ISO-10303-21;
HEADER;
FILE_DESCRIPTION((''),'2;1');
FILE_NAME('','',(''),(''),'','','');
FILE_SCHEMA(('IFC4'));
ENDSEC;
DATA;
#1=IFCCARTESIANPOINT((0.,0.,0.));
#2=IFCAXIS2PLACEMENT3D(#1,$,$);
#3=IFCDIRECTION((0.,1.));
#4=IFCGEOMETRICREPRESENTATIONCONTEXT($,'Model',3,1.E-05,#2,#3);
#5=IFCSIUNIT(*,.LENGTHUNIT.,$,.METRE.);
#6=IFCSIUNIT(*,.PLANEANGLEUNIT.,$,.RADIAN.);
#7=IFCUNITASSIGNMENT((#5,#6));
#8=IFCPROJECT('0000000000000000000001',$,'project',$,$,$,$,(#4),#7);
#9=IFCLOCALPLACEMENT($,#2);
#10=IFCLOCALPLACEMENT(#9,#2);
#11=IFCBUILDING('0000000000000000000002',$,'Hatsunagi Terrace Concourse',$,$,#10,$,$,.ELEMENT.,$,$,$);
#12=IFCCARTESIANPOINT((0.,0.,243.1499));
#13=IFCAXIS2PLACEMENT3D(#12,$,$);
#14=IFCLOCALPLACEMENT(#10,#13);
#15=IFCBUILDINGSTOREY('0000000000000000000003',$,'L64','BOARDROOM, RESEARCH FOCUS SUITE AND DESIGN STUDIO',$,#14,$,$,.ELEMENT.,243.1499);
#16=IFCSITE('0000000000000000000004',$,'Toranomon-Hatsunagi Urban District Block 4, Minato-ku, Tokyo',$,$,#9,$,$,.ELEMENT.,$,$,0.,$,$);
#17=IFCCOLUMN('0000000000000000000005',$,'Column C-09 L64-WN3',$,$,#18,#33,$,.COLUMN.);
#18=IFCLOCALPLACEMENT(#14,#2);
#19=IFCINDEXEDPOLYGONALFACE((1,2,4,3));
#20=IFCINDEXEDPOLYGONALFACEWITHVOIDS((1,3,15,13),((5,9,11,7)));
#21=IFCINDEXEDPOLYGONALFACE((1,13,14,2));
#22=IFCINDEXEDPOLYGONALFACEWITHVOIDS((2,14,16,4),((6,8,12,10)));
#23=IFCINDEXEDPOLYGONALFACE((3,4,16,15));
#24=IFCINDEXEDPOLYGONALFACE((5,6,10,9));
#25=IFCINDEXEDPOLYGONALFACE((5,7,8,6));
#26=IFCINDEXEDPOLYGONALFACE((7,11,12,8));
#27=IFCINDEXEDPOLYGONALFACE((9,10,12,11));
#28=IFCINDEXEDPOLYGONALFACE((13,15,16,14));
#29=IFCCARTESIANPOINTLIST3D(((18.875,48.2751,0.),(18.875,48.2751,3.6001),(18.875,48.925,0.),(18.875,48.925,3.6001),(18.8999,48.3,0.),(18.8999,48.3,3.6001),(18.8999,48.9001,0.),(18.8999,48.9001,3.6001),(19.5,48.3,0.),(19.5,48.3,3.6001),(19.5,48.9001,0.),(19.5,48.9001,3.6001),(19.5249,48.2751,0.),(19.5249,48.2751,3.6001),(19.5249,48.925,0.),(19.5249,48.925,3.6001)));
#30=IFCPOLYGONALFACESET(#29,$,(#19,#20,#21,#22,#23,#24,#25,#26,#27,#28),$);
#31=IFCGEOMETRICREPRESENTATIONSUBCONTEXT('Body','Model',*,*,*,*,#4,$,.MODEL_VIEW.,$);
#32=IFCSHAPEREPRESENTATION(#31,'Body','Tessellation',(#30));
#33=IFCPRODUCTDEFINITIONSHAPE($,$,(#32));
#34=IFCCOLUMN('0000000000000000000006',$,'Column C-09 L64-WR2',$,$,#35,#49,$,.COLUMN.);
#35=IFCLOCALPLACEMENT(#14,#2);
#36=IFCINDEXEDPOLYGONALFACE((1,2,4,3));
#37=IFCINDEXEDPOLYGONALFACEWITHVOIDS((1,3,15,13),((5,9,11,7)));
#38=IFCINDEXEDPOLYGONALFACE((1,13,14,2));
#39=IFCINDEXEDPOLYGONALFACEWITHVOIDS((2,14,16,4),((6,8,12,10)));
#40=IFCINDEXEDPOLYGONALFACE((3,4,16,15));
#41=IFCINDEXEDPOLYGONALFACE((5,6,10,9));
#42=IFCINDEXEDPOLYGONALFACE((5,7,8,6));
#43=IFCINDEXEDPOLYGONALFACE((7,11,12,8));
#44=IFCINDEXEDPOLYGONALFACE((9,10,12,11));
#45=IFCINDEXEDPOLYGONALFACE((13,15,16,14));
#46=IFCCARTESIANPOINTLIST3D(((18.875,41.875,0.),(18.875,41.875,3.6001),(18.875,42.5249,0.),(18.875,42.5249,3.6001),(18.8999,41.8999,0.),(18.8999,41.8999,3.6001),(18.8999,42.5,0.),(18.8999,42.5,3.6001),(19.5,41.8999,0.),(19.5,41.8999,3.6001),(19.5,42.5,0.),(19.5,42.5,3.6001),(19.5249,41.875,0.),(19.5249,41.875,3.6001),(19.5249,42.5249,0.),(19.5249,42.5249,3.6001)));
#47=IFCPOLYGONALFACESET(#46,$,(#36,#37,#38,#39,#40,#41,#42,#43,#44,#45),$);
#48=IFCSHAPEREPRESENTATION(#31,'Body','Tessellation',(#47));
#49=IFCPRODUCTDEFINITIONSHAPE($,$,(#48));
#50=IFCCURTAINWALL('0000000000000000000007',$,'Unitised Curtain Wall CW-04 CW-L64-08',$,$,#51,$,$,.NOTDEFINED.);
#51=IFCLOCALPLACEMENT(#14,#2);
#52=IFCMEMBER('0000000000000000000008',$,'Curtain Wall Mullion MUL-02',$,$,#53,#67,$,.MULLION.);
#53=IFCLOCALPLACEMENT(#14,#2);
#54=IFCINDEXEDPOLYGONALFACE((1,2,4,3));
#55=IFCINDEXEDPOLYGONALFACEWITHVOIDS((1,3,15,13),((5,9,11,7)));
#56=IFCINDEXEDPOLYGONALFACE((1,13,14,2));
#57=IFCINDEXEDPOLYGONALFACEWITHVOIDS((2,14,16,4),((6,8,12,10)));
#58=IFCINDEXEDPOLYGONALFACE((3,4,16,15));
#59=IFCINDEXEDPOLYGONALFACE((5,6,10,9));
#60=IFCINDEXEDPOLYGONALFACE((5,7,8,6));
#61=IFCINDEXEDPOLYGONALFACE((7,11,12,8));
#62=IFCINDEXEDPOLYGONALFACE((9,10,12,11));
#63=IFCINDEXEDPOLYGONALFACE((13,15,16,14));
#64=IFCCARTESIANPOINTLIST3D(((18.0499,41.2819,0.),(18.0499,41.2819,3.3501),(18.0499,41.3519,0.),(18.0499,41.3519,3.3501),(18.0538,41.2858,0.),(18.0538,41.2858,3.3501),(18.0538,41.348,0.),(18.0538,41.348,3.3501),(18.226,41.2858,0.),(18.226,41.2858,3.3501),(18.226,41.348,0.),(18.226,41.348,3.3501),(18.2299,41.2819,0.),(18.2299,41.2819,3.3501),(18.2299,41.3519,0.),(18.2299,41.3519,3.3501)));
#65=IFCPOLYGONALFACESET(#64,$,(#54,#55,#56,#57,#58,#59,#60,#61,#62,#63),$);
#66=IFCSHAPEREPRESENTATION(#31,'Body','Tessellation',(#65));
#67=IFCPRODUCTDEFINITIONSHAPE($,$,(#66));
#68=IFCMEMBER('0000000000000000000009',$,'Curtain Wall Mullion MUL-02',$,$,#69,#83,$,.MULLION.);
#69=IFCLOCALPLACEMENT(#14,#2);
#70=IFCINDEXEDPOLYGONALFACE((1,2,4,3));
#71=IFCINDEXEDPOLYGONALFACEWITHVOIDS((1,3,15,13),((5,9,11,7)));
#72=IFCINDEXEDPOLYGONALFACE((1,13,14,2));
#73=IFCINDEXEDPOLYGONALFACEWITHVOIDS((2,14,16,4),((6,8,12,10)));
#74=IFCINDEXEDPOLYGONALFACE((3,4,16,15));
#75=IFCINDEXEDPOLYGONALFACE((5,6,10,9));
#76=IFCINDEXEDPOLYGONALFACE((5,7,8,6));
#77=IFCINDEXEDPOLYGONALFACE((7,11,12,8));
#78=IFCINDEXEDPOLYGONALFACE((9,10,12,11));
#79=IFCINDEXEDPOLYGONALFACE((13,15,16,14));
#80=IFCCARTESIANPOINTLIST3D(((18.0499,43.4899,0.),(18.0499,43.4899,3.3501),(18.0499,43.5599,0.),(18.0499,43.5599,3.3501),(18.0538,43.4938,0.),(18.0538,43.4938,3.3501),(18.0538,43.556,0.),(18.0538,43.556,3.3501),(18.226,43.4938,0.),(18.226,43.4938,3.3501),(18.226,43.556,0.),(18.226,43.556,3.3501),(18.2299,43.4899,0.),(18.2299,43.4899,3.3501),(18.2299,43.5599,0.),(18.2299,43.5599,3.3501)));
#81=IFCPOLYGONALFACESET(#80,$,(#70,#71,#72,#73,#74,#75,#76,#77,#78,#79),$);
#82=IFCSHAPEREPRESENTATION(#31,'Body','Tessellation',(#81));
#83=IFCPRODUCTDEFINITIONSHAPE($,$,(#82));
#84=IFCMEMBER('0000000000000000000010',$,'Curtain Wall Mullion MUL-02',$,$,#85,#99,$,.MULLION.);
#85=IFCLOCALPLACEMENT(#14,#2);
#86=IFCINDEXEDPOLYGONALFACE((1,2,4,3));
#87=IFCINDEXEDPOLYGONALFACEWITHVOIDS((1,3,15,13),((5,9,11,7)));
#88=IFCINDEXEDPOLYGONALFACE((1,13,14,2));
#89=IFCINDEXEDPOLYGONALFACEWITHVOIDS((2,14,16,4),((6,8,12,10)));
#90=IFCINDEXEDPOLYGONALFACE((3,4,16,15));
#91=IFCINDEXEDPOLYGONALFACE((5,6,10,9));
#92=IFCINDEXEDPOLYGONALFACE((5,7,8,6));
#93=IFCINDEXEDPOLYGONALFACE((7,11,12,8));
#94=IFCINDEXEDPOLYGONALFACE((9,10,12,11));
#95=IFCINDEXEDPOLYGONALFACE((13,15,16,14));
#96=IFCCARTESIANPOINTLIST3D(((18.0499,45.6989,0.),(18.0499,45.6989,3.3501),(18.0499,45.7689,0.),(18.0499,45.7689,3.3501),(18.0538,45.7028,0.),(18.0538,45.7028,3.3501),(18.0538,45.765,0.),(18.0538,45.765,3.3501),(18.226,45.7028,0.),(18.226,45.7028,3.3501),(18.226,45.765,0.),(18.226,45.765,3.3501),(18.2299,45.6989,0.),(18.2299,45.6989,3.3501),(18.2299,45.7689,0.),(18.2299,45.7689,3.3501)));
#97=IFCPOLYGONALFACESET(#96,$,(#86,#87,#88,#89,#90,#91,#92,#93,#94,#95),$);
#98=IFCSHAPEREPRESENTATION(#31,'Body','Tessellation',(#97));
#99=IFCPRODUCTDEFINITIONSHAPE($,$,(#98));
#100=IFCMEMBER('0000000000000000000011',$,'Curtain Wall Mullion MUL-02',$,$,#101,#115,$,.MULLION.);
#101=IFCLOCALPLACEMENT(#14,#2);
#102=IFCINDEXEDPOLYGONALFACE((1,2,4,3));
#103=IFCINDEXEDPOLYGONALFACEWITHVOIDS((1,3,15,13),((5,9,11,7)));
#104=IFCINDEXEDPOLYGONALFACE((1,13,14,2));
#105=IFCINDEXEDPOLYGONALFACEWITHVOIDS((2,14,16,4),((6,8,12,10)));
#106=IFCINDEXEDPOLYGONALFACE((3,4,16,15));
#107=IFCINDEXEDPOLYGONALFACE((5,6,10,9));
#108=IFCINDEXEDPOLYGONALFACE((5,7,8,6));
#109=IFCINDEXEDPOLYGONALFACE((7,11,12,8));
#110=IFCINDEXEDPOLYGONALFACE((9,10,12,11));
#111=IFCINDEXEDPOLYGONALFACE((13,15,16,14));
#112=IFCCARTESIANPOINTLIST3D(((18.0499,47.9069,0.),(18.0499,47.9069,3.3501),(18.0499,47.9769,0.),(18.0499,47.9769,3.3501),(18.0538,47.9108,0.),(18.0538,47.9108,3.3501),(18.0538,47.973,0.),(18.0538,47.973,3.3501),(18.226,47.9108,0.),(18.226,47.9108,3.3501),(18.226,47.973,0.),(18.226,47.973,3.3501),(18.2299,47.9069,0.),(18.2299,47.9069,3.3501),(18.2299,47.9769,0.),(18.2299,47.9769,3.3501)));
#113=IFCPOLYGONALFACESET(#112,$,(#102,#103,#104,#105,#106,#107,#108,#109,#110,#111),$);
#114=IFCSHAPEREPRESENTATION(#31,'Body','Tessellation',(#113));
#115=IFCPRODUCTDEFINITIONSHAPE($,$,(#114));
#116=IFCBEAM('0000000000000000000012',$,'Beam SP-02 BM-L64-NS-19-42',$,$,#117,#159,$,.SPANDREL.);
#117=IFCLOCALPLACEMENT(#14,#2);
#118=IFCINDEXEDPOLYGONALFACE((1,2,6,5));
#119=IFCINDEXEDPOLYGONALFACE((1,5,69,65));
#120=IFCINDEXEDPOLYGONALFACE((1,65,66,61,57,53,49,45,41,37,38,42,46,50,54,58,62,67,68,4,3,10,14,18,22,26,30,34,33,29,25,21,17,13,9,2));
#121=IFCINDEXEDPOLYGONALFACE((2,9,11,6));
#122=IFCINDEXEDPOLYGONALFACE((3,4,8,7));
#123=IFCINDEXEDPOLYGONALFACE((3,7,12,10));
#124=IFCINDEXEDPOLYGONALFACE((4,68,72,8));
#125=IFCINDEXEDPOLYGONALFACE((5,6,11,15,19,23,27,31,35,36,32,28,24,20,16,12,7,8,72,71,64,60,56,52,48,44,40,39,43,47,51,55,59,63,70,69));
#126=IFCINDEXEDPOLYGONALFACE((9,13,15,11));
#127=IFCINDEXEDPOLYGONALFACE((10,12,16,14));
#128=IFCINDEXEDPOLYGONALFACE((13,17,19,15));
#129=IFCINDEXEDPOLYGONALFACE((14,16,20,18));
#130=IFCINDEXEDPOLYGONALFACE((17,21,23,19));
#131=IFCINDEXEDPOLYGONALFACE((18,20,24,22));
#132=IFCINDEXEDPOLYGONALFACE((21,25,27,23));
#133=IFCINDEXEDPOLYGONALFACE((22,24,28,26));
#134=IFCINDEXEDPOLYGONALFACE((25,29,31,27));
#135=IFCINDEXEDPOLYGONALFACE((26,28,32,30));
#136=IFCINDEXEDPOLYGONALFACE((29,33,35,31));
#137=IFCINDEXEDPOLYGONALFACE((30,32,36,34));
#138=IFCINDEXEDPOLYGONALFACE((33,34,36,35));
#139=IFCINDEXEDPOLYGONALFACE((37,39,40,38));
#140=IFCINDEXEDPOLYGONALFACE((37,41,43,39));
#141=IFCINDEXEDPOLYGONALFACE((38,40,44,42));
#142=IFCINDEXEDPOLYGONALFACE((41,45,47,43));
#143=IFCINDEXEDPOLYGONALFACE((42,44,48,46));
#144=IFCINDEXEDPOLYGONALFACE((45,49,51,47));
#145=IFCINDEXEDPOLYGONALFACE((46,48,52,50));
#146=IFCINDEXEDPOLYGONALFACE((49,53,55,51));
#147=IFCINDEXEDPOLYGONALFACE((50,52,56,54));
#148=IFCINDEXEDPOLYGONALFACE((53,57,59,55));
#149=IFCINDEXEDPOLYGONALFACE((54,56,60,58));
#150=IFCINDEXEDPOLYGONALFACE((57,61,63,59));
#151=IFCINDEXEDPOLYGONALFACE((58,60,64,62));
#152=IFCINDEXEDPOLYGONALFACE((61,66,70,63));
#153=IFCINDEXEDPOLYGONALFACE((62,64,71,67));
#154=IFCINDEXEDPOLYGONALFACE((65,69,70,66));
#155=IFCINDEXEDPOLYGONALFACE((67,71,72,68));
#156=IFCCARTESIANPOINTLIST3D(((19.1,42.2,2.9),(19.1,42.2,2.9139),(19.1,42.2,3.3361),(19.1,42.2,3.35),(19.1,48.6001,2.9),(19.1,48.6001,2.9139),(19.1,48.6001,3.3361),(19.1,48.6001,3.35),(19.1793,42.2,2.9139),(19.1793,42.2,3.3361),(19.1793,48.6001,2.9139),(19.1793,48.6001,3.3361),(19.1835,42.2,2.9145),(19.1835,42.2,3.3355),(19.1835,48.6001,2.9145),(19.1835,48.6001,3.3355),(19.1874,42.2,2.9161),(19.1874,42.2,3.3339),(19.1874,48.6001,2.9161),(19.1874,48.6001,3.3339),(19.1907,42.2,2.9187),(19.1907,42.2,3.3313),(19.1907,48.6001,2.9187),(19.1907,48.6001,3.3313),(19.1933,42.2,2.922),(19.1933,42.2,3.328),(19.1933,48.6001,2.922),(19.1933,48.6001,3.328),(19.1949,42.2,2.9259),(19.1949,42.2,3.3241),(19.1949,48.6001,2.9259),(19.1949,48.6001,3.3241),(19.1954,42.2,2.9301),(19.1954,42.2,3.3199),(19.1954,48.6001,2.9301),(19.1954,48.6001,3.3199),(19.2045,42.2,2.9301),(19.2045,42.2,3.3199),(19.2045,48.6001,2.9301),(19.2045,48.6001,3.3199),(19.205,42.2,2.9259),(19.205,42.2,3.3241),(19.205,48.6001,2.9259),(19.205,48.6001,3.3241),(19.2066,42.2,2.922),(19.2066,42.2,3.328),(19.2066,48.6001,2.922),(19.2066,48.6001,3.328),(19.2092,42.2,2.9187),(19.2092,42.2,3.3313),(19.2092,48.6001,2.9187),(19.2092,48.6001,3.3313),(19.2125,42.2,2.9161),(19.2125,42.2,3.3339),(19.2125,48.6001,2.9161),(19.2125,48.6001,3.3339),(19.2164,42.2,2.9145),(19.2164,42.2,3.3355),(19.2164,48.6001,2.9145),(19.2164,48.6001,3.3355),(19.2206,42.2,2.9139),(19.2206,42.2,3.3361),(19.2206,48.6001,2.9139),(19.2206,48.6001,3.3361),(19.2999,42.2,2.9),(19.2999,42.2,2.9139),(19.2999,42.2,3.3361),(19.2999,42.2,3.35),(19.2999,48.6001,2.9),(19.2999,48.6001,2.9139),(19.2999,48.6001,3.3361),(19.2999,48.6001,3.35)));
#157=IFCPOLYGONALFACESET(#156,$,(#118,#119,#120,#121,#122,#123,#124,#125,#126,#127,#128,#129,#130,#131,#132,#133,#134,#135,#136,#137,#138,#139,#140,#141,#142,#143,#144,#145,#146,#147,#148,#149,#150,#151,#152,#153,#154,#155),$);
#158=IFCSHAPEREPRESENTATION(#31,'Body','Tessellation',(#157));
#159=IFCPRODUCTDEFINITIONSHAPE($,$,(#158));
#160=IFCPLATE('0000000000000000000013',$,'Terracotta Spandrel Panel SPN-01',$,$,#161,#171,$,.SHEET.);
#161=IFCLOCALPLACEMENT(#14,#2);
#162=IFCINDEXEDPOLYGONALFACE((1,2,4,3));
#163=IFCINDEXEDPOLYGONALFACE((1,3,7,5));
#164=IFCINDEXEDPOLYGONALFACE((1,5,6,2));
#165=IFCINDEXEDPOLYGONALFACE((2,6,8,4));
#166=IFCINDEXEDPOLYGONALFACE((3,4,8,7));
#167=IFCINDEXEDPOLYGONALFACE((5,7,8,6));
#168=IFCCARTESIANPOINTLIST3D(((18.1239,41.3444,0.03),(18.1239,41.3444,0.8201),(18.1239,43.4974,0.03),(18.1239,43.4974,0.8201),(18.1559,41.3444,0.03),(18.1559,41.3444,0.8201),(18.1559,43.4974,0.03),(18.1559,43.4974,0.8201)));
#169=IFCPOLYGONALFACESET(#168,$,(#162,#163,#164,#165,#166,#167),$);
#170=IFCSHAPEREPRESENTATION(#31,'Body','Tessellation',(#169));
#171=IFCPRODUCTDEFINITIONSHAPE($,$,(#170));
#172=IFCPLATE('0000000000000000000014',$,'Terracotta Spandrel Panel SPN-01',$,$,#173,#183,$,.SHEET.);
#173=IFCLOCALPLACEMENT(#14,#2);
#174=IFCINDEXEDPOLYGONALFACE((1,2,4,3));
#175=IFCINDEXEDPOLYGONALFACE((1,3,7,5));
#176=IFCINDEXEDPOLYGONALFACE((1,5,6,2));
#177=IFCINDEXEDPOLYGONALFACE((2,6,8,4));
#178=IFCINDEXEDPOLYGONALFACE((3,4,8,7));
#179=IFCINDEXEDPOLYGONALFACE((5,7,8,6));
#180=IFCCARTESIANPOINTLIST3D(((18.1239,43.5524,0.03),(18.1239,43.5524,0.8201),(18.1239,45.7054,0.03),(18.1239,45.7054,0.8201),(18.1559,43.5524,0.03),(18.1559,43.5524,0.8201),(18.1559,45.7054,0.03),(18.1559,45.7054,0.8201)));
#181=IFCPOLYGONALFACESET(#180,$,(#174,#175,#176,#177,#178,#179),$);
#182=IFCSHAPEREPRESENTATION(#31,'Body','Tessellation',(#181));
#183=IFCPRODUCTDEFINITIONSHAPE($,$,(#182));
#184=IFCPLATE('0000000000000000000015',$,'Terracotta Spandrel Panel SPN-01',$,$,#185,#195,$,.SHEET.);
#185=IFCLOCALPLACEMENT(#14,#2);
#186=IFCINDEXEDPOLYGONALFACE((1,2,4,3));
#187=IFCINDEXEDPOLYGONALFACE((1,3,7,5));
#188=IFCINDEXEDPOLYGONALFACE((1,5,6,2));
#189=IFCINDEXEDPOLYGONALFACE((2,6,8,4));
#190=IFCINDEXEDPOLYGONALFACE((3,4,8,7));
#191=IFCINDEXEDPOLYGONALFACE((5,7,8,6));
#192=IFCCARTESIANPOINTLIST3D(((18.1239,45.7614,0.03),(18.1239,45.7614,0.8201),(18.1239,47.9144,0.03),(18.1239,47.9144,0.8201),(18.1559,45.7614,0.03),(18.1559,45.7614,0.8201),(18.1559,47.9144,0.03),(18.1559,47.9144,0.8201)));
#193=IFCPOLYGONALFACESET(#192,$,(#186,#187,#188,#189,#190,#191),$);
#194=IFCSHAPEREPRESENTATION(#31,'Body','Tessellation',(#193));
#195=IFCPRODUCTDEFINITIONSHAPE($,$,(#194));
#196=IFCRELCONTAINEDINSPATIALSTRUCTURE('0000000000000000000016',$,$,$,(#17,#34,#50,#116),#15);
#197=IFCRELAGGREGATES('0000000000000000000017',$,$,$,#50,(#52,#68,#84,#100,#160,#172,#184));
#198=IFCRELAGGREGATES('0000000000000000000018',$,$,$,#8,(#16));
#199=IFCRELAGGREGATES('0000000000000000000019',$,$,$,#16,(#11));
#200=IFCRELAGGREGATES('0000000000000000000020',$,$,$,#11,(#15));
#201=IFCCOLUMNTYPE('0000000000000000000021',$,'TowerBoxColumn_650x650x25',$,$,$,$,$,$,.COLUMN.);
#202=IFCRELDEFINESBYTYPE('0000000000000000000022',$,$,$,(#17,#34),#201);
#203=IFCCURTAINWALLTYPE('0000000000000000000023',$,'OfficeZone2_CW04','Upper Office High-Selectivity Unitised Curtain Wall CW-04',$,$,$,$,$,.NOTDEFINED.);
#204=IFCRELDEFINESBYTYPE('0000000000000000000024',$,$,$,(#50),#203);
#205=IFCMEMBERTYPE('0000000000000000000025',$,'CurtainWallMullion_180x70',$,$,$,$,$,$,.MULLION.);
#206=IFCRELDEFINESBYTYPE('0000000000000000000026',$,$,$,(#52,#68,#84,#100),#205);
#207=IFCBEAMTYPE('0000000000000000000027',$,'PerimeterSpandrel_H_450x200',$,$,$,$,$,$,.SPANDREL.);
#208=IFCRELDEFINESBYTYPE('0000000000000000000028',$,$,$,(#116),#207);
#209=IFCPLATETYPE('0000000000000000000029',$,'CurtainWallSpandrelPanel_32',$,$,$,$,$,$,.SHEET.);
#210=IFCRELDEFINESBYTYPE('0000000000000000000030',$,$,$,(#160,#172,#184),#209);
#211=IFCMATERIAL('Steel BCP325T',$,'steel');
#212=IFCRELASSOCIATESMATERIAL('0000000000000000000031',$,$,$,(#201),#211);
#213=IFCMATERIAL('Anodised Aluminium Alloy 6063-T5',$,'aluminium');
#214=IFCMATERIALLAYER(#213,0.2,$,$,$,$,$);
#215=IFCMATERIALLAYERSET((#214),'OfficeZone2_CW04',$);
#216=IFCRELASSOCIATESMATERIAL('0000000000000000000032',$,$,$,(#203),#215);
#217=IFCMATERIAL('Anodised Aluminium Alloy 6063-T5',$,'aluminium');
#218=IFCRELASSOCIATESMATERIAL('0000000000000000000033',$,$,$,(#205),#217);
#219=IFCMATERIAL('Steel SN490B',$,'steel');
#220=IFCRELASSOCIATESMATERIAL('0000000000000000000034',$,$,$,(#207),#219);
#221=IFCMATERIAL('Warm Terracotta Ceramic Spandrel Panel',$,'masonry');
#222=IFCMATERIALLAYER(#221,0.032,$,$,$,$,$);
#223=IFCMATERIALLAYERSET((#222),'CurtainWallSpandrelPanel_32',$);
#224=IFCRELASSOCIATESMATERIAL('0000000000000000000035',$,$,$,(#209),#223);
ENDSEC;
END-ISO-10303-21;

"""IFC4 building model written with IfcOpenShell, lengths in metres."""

from ifc_helpers import new_model, si_unit, direction, frame, origin, origin_2d, place, context, subcontext, project, spatial, rectangle, hollow_rectangle, i_section, extrude, material, layer, layer_set, material_profile, profile_set, type_object, element, aggregate, save


model = new_model("IFC4")

# Units and contexts
model_context = context("Model", 3, precision=1e-05, world=origin(), true_north=direction((0.0, 1.0)))
body_context = subcontext(model_context, "Body", "Model", "MODEL_VIEW")
ifc_project = project(units=[si_unit("LENGTHUNIT", "METRE"), si_unit("PLANEANGLEUNIT", "RADIAN")], contexts=[model_context])

# Site, building, storey
site_placement = place(None, origin())
site = spatial("IfcSite", under=ifc_project, at=site_placement, Name="Toranomon-Hatsunagi Urban District Block 4, Minato-ku, Tokyo", CompositionType="ELEMENT", RefElevation=0.0)
building_placement = place(site_placement, origin())
building = spatial("IfcBuilding", under=site, at=building_placement, Name="Hatsunagi Terrace Concourse", CompositionType="ELEMENT")
storey_placement = place(building_placement, frame((0.0, 0.0, 243.1499)))
storey = spatial("IfcBuildingStorey", under=building, at=storey_placement, Name="L64", Description="BOARDROOM, RESEARCH FOCUS SUITE AND DESIGN STUDIO", CompositionType="ELEMENT", Elevation=243.1499)

# Columns
ifc_material_1 = material(Name="Steel BCP325T", Category="steel")
ifc_material_profile_1 = material_profile(ifc_material_1, hollow_rectangle(XDim=0.6499, YDim=0.6499, WallThickness=0.0249, at=origin_2d()), Name="BCP-650x650x25")
ifc_profile_set_1 = profile_set([ifc_material_profile_1], Name="Steel BCP325T")
column_type = type_object("IfcColumnType", Name="TowerBoxColumn_650x650x25", PredefinedType="COLUMN", material=ifc_profile_set_1)
for number, where, z_axis, x_axis, name in (
    (1, (19.2, 48.6001, 0.0), (0.0, 0.0, 1.0), (1.0, 0.0, 0.0), "Column C-09 L64-WN3"),
    (2, (19.2, 42.2, 0.0), (0.0, 0.0, 1.0), (1.0, 0.0, 0.0), "Column C-09 L64-WR2"),
):
    element("IfcColumn", number, at=place(storey_placement, frame(where, z_axis=z_axis, x_axis=x_axis)), inside=storey, type_object=column_type, Name=name, PredefinedType="COLUMN", context=body_context, shape_type="SweptSolid", body=[
        extrude(hollow_rectangle(XDim=0.6499, YDim=0.6499, WallThickness=0.0249, at=origin_2d()), origin(), (0.0, 0.0, 1.0), 3.6001),
    ])

# Curtain wall, members
ifc_material_2 = material(Name="Anodised Aluminium Alloy 6063-T5", Category="aluminium")
ifc_layer_1 = layer(ifc_material_2, 0.2)
ifc_layer_set_1 = layer_set([ifc_layer_1], Name="OfficeZone2_CW04")
curtain_wall_type = type_object("IfcCurtainWallType", Name="OfficeZone2_CW04", Description="Upper Office High-Selectivity Unitised Curtain Wall CW-04", PredefinedType="NOTDEFINED", material=ifc_layer_set_1)
curtain_wall_placement = place(storey_placement, origin())
curtain_wall = element("IfcCurtainWall", 3, at=curtain_wall_placement, inside=storey, type_object=curtain_wall_type, Name="Unitised Curtain Wall CW-04 CW-L64-08", PredefinedType="NOTDEFINED")
ifc_material_3 = material(Name="Anodised Aluminium Alloy 6063-T5", Category="aluminium")
ifc_material_profile_2 = material_profile(ifc_material_3, hollow_rectangle(XDim=0.0701, YDim=0.1799, WallThickness=0.0039, at=origin_2d()), Name="ALU-MUL-180x70x4")
ifc_profile_set_2 = profile_set([ifc_material_profile_2], Name="Anodised Aluminium Alloy 6063-T5")
member_type = type_object("IfcMemberType", Name="CurtainWallMullion_180x70", PredefinedType="MULLION", material=ifc_profile_set_2)
member_1_placement = place(storey_placement, frame((18.1399, 41.3169, 0.0), z_axis=(0.0, 0.0, 1.0), x_axis=(0.0, 1.0, 0.0)))
member_1 = element("IfcMember", 4, at=member_1_placement, type_object=member_type, Name="Curtain Wall Mullion MUL-02", PredefinedType="MULLION", context=body_context, shape_type="SweptSolid", body=[
    extrude(hollow_rectangle(XDim=0.0701, YDim=0.1799, WallThickness=0.0039, at=origin_2d()), origin(), (0.0, 0.0, 1.0), 3.3501),
])
member_2_placement = place(storey_placement, frame((18.1399, 43.5249, 0.0), z_axis=(0.0, 0.0, 1.0), x_axis=(0.0, 1.0, 0.0)))
member_2 = element("IfcMember", 5, at=member_2_placement, type_object=member_type, Name="Curtain Wall Mullion MUL-02", PredefinedType="MULLION", context=body_context, shape_type="SweptSolid", body=[
    extrude(hollow_rectangle(XDim=0.0701, YDim=0.1799, WallThickness=0.0039, at=origin_2d()), origin(), (0.0, 0.0, 1.0), 3.3501),
])
member_3_placement = place(storey_placement, frame((18.1399, 45.7339, 0.0), z_axis=(0.0, 0.0, 1.0), x_axis=(0.0, 1.0, 0.0)))
member_3 = element("IfcMember", 6, at=member_3_placement, type_object=member_type, Name="Curtain Wall Mullion MUL-02", PredefinedType="MULLION", context=body_context, shape_type="SweptSolid", body=[
    extrude(hollow_rectangle(XDim=0.0701, YDim=0.1799, WallThickness=0.0039, at=origin_2d()), origin(), (0.0, 0.0, 1.0), 3.3501),
])
member_4_placement = place(storey_placement, frame((18.1399, 47.9419, 0.0), z_axis=(0.0, 0.0, 1.0), x_axis=(0.0, 1.0, 0.0)))
member_4 = element("IfcMember", 7, at=member_4_placement, type_object=member_type, Name="Curtain Wall Mullion MUL-02", PredefinedType="MULLION", context=body_context, shape_type="SweptSolid", body=[
    extrude(hollow_rectangle(XDim=0.0701, YDim=0.1799, WallThickness=0.0039, at=origin_2d()), origin(), (0.0, 0.0, 1.0), 3.3501),
])

# Beam
ifc_material_4 = material(Name="Steel SN490B", Category="steel")
ifc_material_profile_3 = material_profile(ifc_material_4, i_section(OverallWidth=0.2, OverallDepth=0.45, WebThickness=0.009, FlangeThickness=0.0139, FilletRadius=0.0161, at=origin_2d()), Name="H-450x200x9x14")
ifc_profile_set_3 = profile_set([ifc_material_profile_3], Name="Steel SN490B")
beam_type = type_object("IfcBeamType", Name="PerimeterSpandrel_H_450x200", PredefinedType="SPANDREL", material=ifc_profile_set_3)
beam_placement = place(storey_placement, frame((19.2, 42.2, 3.125), z_axis=(0.0, 1.0, 0.0), x_axis=(-1.0, 0.0, 0.0)))
element("IfcBeam", 8, at=beam_placement, inside=storey, type_object=beam_type, Name="Beam SP-02 BM-L64-NS-19-42", PredefinedType="SPANDREL", context=body_context, shape_type="SweptSolid", body=[
    extrude(i_section(OverallWidth=0.2, OverallDepth=0.45, WebThickness=0.009, FlangeThickness=0.0139, FilletRadius=0.0161, at=origin_2d()), origin(), (0.0, 0.0, 1.0), 6.4001),
])

# Plates
ifc_material_5 = material(Name="Warm Terracotta Ceramic Spandrel Panel", Category="masonry")
ifc_layer_2 = layer(ifc_material_5, 0.032)
ifc_layer_set_2 = layer_set([ifc_layer_2], Name="CurtainWallSpandrelPanel_32")
plate_type_1 = type_object("IfcPlateType", Name="CurtainWallSpandrelPanel_32", PredefinedType="SHEET", material=ifc_layer_set_2)
plate_1_placement = place(storey_placement, frame((18.1399, 42.4209, 0.03), z_axis=(0.0, 0.0, 1.0), x_axis=(0.0, 1.0, 0.0)))
plate_1 = element("IfcPlate", 9, at=plate_1_placement, type_object=plate_type_1, Name="Terracotta Spandrel Panel SPN-01", PredefinedType="SHEET", context=body_context, shape_type="SweptSolid", body=[
    extrude(rectangle(XDim=2.1531, YDim=0.032, at=origin_2d()), origin(), (0.0, 0.0, 1.0), 0.79),
])
plate_2_placement = place(storey_placement, frame((18.1399, 44.6289, 0.03), z_axis=(0.0, 0.0, 1.0), x_axis=(0.0, 1.0, 0.0)))
plate_2 = element("IfcPlate", 10, at=plate_2_placement, type_object=plate_type_1, Name="Terracotta Spandrel Panel SPN-01", PredefinedType="SHEET", context=body_context, shape_type="SweptSolid", body=[
    extrude(rectangle(XDim=2.1531, YDim=0.032, at=origin_2d()), origin(), (0.0, 0.0, 1.0), 0.79),
])
plate_3_placement = place(storey_placement, frame((18.1399, 46.8379, 0.03), z_axis=(0.0, 0.0, 1.0), x_axis=(0.0, 1.0, 0.0)))
plate_3 = element("IfcPlate", 11, at=plate_3_placement, type_object=plate_type_1, Name="Terracotta Spandrel Panel SPN-01", PredefinedType="SHEET", context=body_context, shape_type="SweptSolid", body=[
    extrude(rectangle(XDim=2.1531, YDim=0.032, at=origin_2d()), origin(), (0.0, 0.0, 1.0), 0.79),
])
aggregate(curtain_wall, [member_1, member_2, member_3, member_4, plate_1, plate_2, plate_3])

save(model, "model.ifc")
